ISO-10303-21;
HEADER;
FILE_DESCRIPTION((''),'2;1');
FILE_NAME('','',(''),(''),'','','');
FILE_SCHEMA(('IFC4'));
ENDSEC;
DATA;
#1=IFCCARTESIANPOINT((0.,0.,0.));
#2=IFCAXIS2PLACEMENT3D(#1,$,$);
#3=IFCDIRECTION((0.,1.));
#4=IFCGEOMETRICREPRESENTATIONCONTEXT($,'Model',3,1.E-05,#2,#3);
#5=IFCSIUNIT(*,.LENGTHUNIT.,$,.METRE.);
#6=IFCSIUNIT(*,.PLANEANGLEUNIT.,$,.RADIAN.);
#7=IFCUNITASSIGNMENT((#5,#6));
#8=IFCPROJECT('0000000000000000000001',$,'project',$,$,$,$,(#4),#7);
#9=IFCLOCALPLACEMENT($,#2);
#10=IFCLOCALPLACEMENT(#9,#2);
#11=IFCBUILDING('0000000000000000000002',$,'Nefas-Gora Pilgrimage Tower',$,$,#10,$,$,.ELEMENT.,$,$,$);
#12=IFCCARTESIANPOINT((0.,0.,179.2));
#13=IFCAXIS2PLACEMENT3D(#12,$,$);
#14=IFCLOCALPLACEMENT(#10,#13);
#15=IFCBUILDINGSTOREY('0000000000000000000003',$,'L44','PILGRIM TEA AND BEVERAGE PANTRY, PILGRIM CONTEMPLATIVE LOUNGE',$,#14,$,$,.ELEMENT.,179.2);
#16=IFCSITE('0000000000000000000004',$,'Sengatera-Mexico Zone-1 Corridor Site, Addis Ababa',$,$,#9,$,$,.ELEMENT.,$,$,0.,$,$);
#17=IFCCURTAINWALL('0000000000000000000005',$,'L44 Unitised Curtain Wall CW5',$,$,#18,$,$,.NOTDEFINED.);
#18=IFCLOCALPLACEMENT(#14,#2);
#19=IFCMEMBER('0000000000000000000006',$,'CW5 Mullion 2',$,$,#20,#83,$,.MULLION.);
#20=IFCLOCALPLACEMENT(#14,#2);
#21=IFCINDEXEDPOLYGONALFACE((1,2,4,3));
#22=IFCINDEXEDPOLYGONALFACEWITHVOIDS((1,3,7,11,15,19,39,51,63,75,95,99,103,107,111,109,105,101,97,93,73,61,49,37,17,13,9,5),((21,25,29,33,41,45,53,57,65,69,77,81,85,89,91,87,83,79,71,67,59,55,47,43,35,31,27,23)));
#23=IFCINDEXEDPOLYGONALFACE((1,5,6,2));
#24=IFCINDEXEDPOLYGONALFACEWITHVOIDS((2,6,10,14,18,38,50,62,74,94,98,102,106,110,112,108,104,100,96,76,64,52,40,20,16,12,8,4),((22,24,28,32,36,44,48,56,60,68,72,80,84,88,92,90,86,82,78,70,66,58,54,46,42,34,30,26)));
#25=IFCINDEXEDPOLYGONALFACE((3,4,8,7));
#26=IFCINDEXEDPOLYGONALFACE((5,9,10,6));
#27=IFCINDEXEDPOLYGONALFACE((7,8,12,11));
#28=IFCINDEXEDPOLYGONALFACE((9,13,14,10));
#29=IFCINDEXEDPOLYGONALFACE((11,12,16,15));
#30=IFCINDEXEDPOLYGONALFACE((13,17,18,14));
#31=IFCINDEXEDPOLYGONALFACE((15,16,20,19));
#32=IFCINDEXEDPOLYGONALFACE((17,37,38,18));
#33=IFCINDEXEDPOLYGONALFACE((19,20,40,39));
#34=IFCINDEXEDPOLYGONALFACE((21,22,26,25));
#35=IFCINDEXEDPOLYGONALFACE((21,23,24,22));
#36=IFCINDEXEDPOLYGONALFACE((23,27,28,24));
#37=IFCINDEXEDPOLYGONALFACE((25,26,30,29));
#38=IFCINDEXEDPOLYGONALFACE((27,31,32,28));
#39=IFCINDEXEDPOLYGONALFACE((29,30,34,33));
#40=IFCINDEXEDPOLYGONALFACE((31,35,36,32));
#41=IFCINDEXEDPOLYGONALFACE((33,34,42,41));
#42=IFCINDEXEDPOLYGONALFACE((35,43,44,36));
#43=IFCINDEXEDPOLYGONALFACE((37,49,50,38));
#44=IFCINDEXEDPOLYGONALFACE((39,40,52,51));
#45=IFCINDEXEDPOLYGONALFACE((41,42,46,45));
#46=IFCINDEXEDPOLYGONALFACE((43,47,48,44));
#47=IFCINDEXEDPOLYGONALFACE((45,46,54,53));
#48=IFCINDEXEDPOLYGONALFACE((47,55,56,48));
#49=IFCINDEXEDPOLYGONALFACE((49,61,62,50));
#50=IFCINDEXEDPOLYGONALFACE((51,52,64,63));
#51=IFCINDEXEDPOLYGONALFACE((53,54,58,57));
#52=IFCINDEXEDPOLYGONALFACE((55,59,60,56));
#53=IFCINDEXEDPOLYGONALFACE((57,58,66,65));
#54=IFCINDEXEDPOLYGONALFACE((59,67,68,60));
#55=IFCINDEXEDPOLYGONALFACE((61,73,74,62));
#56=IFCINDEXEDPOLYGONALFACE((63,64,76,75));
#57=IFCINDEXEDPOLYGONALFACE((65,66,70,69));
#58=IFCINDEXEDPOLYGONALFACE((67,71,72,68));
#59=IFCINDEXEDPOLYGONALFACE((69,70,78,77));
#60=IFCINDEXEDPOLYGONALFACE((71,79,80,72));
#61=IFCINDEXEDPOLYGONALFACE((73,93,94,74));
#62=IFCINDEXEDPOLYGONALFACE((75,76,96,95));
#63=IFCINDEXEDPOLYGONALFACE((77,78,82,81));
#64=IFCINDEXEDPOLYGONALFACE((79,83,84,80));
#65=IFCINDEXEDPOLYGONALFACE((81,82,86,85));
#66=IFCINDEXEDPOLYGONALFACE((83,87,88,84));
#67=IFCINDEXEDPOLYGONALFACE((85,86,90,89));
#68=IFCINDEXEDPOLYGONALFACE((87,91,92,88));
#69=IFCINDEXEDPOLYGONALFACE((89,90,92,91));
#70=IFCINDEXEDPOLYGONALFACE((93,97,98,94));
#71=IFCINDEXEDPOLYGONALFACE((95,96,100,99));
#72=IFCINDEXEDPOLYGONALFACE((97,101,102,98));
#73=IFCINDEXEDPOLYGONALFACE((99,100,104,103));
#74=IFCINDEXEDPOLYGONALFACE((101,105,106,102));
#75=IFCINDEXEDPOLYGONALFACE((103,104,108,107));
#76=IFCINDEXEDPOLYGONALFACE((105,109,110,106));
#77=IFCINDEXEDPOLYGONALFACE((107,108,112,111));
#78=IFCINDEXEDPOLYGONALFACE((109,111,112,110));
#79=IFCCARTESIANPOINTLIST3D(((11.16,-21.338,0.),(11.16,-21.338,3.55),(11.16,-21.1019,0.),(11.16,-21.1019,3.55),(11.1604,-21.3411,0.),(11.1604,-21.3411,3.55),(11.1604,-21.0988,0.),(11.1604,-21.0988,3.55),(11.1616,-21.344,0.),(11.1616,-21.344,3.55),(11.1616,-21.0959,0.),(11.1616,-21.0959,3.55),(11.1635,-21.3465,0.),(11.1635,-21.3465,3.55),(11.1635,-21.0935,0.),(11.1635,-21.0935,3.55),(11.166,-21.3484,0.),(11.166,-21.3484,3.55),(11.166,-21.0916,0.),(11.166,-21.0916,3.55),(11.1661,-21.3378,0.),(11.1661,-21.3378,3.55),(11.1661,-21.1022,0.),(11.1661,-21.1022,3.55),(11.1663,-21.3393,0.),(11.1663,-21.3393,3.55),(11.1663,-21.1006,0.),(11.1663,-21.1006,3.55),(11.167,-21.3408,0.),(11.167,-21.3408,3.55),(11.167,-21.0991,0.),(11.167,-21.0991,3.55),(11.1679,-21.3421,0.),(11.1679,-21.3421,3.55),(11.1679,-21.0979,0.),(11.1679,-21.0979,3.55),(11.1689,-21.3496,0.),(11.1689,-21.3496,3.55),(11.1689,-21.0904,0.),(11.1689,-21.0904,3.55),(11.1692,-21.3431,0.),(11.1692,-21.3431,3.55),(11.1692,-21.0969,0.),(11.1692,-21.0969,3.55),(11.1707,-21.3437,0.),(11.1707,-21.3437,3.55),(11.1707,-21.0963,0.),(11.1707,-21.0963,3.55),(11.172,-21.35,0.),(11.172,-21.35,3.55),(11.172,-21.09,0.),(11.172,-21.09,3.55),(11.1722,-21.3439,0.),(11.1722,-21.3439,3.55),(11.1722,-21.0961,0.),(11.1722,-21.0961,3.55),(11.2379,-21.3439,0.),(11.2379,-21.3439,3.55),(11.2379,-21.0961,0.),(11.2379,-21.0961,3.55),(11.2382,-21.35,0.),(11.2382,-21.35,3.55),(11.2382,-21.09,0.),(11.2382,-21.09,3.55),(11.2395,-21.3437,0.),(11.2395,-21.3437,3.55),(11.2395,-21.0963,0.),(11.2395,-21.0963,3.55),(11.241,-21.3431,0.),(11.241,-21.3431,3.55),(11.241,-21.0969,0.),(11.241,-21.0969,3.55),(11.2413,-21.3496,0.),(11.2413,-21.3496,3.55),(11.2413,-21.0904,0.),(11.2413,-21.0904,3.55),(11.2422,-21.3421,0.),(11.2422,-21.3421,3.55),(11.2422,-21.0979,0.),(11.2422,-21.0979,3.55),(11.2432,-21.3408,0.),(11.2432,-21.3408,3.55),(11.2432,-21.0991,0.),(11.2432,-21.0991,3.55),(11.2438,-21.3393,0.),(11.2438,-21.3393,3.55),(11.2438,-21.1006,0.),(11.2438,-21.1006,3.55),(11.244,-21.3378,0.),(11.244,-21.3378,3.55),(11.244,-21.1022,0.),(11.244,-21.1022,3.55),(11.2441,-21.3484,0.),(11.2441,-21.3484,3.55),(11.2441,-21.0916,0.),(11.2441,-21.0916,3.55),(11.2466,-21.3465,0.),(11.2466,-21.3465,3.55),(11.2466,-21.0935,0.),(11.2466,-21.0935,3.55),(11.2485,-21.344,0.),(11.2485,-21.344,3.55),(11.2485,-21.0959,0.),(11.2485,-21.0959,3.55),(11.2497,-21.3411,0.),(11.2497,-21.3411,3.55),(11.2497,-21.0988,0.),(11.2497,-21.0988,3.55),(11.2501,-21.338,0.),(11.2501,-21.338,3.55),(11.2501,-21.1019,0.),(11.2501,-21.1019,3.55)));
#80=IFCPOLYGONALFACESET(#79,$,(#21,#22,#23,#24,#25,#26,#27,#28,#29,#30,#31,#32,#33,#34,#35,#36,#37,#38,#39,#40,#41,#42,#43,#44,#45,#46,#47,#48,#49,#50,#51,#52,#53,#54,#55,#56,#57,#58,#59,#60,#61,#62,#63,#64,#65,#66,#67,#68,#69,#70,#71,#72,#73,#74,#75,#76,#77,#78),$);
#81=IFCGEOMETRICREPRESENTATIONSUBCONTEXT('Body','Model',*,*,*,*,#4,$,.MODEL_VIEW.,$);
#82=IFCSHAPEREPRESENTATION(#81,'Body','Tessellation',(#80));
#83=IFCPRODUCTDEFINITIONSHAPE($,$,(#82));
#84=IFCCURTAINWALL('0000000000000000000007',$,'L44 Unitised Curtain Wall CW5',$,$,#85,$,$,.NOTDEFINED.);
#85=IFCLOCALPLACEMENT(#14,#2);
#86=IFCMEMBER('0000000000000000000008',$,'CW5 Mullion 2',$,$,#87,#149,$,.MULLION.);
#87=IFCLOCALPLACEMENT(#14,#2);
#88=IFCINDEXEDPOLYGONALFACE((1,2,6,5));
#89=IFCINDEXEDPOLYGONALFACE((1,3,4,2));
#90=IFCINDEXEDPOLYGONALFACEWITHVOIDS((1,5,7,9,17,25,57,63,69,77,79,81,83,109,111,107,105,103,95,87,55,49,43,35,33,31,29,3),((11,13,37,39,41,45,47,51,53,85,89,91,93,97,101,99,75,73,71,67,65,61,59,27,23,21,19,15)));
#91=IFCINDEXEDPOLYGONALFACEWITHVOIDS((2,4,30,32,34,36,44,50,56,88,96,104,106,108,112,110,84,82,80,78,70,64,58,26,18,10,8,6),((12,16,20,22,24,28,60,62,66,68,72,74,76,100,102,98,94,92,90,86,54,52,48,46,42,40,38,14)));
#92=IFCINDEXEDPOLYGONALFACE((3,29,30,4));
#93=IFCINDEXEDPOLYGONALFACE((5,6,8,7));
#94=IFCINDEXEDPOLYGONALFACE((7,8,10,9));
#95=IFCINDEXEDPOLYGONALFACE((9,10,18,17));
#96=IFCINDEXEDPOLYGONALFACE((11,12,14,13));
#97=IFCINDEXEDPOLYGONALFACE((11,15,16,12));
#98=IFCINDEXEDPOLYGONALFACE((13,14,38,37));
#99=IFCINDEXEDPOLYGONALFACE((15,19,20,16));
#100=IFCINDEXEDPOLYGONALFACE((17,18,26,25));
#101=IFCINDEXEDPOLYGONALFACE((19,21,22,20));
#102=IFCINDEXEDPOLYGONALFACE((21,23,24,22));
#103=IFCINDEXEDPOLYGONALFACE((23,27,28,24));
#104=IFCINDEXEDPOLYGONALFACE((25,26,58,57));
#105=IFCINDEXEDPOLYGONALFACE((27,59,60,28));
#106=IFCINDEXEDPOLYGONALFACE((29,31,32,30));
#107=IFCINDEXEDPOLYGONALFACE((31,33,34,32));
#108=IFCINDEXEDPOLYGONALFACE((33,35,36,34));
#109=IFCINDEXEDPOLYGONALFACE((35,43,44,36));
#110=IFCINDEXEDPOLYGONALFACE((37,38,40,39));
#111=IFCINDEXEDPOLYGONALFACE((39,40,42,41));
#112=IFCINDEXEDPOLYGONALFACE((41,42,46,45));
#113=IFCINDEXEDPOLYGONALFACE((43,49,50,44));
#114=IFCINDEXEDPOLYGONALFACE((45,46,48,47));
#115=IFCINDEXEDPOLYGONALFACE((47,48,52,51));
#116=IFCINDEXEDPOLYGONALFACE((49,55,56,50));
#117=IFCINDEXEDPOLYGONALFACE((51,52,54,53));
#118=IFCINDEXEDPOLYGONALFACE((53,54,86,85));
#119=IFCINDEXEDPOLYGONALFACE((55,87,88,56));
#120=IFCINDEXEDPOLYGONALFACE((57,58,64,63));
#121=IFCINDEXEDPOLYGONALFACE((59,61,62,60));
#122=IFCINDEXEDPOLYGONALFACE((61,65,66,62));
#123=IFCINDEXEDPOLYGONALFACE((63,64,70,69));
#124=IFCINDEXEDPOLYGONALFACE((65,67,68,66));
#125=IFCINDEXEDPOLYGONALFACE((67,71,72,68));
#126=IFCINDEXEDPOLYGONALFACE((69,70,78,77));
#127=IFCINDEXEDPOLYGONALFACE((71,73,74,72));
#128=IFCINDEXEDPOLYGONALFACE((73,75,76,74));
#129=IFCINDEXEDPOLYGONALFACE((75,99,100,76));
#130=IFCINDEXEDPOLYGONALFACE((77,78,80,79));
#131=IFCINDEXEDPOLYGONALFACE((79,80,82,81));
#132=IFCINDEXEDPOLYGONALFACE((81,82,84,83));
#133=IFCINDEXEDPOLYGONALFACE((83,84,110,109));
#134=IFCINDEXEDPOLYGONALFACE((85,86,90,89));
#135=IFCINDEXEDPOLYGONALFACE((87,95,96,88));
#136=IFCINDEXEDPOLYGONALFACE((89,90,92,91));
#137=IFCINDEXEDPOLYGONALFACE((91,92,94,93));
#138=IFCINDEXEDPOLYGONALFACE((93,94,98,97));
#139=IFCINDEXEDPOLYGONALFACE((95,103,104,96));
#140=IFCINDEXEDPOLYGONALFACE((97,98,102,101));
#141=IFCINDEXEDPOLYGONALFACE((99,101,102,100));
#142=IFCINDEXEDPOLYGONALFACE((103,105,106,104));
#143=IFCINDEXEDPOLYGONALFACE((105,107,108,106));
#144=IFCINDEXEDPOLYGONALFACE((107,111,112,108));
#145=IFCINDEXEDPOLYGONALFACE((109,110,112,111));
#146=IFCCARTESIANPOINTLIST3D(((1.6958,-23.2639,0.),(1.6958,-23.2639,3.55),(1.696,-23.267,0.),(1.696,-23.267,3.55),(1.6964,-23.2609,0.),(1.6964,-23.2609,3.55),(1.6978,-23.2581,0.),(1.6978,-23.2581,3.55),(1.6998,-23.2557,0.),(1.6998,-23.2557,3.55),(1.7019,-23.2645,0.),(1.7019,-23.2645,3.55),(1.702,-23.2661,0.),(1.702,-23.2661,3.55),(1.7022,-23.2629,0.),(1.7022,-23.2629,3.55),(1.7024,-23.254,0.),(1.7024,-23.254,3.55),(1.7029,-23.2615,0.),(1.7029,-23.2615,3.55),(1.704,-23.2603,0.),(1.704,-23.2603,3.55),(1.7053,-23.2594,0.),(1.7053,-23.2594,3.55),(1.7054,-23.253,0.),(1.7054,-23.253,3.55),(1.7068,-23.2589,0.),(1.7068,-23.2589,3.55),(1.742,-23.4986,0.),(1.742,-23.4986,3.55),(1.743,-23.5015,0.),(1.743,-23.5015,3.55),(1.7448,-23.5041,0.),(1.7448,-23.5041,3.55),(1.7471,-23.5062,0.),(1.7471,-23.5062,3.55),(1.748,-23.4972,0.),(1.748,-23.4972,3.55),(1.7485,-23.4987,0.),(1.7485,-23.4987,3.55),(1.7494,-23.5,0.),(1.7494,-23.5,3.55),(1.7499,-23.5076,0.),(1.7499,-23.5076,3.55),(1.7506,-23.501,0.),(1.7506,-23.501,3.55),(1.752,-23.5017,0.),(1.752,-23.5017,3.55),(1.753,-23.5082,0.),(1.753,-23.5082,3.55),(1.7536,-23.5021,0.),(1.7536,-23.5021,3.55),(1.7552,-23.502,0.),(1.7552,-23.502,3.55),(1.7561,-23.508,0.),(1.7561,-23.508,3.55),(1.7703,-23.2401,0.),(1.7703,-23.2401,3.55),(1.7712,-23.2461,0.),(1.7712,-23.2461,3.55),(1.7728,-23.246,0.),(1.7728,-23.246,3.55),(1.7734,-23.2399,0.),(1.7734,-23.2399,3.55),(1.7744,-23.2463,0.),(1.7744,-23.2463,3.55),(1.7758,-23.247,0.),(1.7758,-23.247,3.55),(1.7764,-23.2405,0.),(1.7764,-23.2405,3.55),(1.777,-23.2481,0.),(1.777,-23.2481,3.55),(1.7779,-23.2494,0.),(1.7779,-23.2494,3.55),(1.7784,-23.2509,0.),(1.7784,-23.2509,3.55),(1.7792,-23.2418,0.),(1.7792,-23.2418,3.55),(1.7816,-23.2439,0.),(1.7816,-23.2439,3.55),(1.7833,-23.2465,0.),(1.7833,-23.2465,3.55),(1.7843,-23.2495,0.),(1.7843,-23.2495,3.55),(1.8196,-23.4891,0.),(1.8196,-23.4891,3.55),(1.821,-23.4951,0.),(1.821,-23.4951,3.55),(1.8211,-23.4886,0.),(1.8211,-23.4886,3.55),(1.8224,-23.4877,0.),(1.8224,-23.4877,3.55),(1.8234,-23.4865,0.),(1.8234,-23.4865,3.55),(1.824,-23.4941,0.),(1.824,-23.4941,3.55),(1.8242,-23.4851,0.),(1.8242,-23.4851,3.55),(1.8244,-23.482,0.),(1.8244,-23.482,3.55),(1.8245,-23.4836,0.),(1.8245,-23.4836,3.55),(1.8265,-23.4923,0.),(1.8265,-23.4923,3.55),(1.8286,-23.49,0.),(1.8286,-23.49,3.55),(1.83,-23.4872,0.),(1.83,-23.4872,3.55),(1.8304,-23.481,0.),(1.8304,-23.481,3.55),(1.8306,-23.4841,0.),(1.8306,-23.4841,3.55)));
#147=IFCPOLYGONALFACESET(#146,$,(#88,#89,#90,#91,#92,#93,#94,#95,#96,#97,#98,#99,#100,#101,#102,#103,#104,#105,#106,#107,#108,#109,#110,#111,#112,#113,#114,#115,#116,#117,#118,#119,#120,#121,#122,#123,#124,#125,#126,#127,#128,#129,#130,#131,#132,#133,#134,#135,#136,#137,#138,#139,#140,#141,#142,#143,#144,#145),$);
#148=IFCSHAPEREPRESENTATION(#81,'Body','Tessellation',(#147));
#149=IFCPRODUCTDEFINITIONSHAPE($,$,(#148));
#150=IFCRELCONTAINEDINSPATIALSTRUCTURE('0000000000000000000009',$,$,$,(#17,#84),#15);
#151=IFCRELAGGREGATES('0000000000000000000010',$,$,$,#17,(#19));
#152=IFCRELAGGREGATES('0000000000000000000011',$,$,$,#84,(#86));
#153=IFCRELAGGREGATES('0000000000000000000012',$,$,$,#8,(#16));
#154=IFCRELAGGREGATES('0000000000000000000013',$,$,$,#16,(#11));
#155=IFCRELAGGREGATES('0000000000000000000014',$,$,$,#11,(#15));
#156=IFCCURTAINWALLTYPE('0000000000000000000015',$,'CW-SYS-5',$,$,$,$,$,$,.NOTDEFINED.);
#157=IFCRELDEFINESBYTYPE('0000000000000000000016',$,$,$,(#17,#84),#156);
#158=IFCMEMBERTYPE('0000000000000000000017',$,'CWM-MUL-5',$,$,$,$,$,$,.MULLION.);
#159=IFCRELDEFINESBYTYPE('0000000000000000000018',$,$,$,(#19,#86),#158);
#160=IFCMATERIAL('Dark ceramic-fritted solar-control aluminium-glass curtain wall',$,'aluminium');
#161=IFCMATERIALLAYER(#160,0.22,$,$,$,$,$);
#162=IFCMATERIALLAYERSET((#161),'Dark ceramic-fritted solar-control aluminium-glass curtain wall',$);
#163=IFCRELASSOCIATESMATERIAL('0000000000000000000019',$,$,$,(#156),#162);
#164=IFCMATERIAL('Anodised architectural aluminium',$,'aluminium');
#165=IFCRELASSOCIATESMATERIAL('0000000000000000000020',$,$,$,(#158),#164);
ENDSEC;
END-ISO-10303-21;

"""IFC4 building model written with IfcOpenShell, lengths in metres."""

from ifc_helpers import new_model, si_unit, direction, frame, origin, origin_2d, place, context, subcontext, project, spatial, hollow_rectangle, extrude, source, transform, mapped, material, layer, layer_set, material_profile, profile_set, type_object, element, aggregate, save


model = new_model("IFC4")

# Units and contexts
model_context = context("Model", 3, precision=1e-05, world=origin(), true_north=direction((0.0, 1.0)))
body_context = subcontext(model_context, "Body", "Model", "MODEL_VIEW")
ifc_project = project(units=[si_unit("LENGTHUNIT", "METRE"), si_unit("PLANEANGLEUNIT", "RADIAN")], contexts=[model_context])

# Site, building, storey
site_placement = place(None, origin())
site = spatial("IfcSite", under=ifc_project, at=site_placement, Name="Sengatera-Mexico Zone-1 Corridor Site, Addis Ababa", CompositionType="ELEMENT", RefElevation=0.0)
building_placement = place(site_placement, origin())
building = spatial("IfcBuilding", under=site, at=building_placement, Name="Nefas-Gora Pilgrimage Tower", CompositionType="ELEMENT")
storey_placement = place(building_placement, frame((0.0, 0.0, 179.2)))
storey = spatial("IfcBuildingStorey", under=building, at=storey_placement, Name="L44", Description="PILGRIM TEA AND BEVERAGE PANTRY, PILGRIM CONTEMPLATIVE LOUNGE", CompositionType="ELEMENT", Elevation=179.2)

# Curtain wall, member
ifc_material_1 = material(Name="Dark ceramic-fritted solar-control aluminium-glass curtain wall", Category="aluminium")
ifc_layer_1 = layer(ifc_material_1, 0.22)
ifc_layer_set_1 = layer_set([ifc_layer_1], Name="Dark ceramic-fritted solar-control aluminium-glass curtain wall")
curtain_wall_type = type_object("IfcCurtainWallType", Name="CW-SYS-5", PredefinedType="NOTDEFINED", material=ifc_layer_set_1)
curtain_wall_1_placement = place(storey_placement, origin())
curtain_wall_1 = element("IfcCurtainWall", 1, at=curtain_wall_1_placement, inside=storey, type_object=curtain_wall_type, Name="L44 Unitised Curtain Wall CW5", PredefinedType="NOTDEFINED")
ifc_material_2 = material(Name="Anodised architectural aluminium", Category="aluminium")
ifc_material_profile_1 = material_profile(ifc_material_2, hollow_rectangle(XDim=0.0901, YDim=0.26, WallThickness=0.0061, InnerFilletRadius=0.0061, OuterFilletRadius=0.012, at=origin_2d()), Name="ALU MULLION 90x260")
ifc_profile_set_1 = profile_set([ifc_material_profile_1], Name="Anodised architectural aluminium")
member_type_1 = type_object("IfcMemberType", Name="CWM-MUL-5", PredefinedType="MULLION", material=ifc_profile_set_1)
shared_shape_1 = source(origin(), body_context, "Body", "SweptSolid", [
    extrude(hollow_rectangle(XDim=0.0901, YDim=0.26, WallThickness=0.0061, InnerFilletRadius=0.0061, OuterFilletRadius=0.012, at=origin_2d()), origin(), (0.0, 0.0, 1.0), 3.55),
])
member_1_placement = place(storey_placement, frame((11.2051, -21.22, 0.0), z_axis=(0.0, 0.0, 1.0), x_axis=(1.0, 0.0, 0.0)))
member_1 = element("IfcMember", 2, at=member_1_placement, type_object=member_type_1, Name="CW5 Mullion 2", PredefinedType="MULLION", context=body_context, shape_type="MappedRepresentation", body=[
    mapped(shared_shape_1, transform((0.0, 0.0, 0.0), x_axis=(1.0, 0.0, 0.0), y_axis=(0.0, 1.0, 0.0), z_axis=(0.0, 0.0, 1.0), scale=1.0)),
])

# Curtain wall, member
curtain_wall_2_placement = place(storey_placement, origin())
curtain_wall_2 = element("IfcCurtainWall", 3, at=curtain_wall_2_placement, inside=storey, type_object=curtain_wall_type, Name="L44 Unitised Curtain Wall CW5", PredefinedType="NOTDEFINED")
member_2_placement = place(storey_placement, frame((1.7632, -23.374, 0.0), z_axis=(0.0, 0.0, 1.0), x_axis=(0.980783, 0.195102, 0.0)))
member_2 = element("IfcMember", 4, at=member_2_placement, type_object=member_type_1, Name="CW5 Mullion 2", PredefinedType="MULLION", context=body_context, shape_type="MappedRepresentation", body=[
    mapped(shared_shape_1, transform((0.0, 0.0, 0.0), x_axis=(1.0, 0.0, 0.0), y_axis=(0.0, 1.0, 0.0), z_axis=(0.0, 0.0, 1.0), scale=1.0)),
])

aggregate(curtain_wall_1, [member_1])
aggregate(curtain_wall_2, [member_2])

save(model, "model.ifc")
